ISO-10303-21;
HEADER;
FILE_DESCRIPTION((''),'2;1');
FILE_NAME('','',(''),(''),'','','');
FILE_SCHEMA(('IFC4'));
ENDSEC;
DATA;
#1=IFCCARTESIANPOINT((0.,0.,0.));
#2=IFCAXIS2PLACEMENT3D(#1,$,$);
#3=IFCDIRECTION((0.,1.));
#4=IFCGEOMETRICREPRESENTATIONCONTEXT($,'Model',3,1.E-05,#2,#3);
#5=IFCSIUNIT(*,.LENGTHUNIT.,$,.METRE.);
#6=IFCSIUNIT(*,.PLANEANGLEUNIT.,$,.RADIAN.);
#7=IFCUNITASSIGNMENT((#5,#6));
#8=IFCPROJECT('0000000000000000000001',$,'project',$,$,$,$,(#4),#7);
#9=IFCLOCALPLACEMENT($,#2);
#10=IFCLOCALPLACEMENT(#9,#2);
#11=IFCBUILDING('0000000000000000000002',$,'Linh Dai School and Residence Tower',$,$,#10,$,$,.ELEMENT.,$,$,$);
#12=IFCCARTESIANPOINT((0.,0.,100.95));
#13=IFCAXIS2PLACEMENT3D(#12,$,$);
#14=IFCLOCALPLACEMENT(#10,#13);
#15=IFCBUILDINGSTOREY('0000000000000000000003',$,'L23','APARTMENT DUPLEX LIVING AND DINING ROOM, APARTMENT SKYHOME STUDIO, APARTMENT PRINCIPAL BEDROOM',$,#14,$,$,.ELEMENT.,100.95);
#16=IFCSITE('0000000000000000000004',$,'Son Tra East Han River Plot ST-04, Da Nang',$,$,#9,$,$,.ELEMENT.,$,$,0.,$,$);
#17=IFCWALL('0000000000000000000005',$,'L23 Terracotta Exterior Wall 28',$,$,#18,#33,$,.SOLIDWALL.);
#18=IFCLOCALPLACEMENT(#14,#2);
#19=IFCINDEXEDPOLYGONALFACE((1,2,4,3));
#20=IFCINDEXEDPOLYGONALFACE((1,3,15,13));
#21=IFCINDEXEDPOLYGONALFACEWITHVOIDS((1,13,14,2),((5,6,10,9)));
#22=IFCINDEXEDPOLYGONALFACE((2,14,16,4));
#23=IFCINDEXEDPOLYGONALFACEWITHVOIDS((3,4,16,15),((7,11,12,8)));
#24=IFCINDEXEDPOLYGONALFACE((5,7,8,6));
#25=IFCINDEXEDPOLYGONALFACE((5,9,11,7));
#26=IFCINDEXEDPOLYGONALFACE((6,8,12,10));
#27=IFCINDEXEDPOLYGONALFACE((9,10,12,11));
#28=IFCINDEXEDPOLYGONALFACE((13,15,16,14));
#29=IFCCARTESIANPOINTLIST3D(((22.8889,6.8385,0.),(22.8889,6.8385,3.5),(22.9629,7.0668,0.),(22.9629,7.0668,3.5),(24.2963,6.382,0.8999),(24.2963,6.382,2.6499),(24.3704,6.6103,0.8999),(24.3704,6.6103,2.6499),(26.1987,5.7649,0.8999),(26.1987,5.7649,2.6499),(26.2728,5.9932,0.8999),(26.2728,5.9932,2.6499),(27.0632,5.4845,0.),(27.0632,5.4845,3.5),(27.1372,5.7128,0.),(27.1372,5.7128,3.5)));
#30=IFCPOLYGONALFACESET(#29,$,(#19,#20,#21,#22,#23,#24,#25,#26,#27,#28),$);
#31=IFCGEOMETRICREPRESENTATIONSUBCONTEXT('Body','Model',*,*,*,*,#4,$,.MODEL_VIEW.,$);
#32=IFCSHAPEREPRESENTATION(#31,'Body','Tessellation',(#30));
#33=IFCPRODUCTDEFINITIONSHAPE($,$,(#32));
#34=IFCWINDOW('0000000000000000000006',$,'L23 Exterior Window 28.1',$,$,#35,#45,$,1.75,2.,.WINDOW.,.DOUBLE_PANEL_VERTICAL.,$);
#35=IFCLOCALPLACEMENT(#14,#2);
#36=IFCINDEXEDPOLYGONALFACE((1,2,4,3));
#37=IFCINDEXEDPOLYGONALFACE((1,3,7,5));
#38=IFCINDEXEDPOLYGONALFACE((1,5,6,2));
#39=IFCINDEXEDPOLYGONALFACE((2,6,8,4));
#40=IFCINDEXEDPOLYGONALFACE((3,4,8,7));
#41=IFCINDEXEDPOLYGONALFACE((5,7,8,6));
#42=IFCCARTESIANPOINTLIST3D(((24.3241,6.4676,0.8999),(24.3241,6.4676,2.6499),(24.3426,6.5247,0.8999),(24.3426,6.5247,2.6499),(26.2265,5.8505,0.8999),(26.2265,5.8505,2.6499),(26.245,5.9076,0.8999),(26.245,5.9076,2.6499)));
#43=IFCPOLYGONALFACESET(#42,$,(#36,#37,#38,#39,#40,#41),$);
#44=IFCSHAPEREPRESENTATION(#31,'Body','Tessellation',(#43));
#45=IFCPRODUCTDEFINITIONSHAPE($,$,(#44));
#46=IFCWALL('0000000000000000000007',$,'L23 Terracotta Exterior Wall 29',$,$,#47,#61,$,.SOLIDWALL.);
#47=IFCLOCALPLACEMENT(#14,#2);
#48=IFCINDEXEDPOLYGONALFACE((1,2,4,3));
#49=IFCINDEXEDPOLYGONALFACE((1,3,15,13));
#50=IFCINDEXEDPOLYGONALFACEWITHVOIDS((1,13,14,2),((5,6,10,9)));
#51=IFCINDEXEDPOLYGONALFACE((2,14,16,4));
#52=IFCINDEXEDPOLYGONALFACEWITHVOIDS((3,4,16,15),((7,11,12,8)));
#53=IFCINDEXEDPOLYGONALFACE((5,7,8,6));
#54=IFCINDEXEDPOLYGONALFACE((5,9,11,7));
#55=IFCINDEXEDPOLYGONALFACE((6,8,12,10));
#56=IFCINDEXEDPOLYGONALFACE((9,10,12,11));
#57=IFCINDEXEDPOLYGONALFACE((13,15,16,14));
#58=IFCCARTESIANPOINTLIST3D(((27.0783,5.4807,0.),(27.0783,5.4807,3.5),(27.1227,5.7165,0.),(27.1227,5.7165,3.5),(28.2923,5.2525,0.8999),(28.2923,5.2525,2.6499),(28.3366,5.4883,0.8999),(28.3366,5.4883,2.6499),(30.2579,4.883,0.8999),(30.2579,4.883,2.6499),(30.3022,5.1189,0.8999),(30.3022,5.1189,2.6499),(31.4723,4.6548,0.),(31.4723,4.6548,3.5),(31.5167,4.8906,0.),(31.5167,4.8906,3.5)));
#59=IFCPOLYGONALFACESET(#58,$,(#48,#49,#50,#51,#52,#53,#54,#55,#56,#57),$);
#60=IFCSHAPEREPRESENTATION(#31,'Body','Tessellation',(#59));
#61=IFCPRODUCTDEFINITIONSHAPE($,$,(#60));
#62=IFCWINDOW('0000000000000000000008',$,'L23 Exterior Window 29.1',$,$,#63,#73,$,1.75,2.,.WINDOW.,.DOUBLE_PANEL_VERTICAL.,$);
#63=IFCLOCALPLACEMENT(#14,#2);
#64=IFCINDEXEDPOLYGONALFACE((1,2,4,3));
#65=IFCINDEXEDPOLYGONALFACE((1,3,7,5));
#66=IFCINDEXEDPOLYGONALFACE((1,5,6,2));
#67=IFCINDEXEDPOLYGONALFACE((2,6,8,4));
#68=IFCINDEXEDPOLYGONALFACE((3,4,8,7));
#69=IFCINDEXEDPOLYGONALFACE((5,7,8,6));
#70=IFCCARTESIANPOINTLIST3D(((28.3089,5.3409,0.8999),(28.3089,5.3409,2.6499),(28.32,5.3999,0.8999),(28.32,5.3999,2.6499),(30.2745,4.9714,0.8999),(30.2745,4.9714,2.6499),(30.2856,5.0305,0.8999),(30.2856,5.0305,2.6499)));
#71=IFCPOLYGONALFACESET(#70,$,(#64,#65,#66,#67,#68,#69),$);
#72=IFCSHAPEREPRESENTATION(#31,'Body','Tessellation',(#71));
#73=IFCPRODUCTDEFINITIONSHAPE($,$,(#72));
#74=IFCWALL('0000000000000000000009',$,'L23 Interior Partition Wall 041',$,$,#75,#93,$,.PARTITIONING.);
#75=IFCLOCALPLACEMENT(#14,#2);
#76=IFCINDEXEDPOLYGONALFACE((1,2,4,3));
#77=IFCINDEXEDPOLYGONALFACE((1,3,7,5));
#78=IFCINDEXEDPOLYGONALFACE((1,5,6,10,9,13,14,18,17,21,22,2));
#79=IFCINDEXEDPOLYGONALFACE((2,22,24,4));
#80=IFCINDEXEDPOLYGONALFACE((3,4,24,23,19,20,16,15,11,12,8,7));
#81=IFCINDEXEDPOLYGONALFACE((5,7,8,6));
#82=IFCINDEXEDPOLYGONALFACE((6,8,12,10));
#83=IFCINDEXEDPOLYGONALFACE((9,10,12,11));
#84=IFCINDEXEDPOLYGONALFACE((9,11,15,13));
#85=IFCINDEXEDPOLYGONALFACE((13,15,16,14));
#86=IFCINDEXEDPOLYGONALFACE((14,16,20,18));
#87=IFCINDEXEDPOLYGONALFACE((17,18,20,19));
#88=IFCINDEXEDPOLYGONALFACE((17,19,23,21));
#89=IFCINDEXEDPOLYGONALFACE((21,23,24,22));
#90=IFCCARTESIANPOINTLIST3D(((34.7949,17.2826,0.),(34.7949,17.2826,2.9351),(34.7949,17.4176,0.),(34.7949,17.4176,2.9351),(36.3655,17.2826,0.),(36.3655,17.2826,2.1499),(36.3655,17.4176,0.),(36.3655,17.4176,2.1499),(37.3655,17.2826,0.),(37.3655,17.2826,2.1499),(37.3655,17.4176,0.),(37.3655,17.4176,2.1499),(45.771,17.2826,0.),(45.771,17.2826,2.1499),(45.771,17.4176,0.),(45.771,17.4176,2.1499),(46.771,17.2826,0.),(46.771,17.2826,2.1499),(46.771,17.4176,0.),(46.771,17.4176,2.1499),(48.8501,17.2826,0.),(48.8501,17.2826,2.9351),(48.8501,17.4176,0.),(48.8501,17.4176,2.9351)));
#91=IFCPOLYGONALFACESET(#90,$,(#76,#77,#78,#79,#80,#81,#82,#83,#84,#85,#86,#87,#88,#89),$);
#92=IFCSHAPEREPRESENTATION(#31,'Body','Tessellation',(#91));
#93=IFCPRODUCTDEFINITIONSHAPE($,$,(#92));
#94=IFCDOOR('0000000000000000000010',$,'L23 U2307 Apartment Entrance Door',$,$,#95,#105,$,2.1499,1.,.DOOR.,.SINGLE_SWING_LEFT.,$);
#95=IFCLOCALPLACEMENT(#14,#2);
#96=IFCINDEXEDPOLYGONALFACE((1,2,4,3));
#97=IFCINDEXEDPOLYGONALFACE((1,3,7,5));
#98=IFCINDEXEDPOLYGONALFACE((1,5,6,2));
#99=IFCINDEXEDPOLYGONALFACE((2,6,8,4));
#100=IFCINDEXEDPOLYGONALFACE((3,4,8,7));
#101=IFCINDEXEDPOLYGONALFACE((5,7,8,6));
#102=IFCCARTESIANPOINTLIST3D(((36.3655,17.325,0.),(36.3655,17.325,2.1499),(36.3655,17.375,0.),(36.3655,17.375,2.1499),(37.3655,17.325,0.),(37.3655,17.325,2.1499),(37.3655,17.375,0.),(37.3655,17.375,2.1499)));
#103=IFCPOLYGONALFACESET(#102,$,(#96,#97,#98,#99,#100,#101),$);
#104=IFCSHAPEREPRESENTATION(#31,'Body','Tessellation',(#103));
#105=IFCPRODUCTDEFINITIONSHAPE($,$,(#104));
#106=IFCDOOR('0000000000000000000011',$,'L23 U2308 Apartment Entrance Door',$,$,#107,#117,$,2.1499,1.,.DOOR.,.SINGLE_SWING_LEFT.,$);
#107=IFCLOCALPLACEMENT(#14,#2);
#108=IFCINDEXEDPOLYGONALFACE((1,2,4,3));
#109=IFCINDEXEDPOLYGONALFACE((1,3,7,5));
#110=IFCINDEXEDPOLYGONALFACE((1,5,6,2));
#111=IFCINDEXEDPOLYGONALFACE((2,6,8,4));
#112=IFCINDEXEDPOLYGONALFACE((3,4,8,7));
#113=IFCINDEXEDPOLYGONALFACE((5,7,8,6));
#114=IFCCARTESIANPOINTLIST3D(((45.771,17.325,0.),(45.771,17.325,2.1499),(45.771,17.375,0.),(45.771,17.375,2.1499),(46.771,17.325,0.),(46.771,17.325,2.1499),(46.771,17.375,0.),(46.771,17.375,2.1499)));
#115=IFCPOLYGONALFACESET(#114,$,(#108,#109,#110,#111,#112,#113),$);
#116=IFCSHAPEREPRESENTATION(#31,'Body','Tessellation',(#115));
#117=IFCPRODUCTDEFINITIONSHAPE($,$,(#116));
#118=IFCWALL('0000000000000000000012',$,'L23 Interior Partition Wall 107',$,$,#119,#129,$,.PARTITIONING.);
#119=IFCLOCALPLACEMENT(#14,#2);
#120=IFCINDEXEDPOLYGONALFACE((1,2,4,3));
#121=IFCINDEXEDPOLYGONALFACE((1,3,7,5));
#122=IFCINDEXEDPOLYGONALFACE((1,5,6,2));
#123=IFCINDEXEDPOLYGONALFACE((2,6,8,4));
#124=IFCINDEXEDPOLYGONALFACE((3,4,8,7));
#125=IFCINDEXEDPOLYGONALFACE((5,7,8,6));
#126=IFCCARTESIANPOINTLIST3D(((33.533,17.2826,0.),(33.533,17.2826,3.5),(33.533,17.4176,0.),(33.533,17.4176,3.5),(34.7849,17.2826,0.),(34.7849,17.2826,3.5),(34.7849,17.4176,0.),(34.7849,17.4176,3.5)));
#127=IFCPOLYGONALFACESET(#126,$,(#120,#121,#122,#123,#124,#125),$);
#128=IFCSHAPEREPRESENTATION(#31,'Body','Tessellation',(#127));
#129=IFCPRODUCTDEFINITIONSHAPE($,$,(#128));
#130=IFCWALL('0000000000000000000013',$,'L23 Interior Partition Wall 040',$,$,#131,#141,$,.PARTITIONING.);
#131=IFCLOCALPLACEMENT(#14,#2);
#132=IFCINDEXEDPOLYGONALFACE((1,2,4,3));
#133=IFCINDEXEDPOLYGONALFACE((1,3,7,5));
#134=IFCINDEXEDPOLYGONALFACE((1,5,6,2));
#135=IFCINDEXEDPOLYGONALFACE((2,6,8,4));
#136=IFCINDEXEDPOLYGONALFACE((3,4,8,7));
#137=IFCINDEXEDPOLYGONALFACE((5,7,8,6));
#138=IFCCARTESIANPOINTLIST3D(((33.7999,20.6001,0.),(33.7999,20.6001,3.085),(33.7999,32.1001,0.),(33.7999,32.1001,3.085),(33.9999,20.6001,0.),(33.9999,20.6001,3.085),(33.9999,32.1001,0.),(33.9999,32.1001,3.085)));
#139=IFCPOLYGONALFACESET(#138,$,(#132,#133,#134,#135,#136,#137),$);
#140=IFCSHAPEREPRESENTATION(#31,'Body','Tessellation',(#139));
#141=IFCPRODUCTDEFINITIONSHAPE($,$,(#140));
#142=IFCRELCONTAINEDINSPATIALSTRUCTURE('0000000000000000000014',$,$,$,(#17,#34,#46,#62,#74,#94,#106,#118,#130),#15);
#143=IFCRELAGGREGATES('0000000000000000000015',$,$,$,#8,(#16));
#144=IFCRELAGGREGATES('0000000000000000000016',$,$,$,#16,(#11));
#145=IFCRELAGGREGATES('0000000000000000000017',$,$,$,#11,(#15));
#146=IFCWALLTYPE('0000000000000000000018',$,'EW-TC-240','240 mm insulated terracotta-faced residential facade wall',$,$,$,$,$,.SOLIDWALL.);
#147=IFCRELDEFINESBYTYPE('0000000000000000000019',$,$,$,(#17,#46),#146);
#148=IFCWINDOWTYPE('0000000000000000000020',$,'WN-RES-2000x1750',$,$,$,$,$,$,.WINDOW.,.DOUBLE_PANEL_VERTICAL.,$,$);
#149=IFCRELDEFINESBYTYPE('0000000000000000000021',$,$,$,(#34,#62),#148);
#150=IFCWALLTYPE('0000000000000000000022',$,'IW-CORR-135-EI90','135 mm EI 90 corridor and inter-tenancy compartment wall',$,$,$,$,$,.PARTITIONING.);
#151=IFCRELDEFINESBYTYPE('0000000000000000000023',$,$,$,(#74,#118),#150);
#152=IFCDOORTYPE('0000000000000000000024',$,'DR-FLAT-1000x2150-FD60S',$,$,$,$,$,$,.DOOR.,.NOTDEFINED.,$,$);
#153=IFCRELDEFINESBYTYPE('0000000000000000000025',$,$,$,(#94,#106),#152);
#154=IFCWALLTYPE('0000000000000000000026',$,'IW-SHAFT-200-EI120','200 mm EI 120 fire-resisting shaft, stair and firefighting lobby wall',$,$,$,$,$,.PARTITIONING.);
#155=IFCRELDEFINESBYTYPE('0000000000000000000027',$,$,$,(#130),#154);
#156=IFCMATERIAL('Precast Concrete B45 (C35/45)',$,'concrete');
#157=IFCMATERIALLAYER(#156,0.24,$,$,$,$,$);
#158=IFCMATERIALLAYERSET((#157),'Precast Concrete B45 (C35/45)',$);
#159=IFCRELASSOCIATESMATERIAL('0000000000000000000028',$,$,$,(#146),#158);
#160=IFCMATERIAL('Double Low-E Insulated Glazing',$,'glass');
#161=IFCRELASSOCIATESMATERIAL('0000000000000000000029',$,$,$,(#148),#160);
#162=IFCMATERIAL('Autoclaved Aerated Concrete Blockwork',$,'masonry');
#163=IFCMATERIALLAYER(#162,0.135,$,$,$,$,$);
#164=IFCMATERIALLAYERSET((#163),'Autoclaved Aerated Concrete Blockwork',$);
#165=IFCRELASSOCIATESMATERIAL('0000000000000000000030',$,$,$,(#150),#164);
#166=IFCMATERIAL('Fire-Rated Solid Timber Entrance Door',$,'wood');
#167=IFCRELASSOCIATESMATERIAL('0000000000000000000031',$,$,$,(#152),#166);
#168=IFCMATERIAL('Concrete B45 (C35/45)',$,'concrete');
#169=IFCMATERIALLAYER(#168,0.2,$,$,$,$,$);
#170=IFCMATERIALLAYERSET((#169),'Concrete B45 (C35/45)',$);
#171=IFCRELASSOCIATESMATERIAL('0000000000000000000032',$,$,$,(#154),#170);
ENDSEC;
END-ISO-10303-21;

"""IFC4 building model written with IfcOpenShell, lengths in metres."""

from ifc_helpers import new_model, si_unit, direction, frame, frame_2d, origin, origin_2d, place, context, subcontext, project, spatial, rectangle, extrude, source, transform, mapped, material, layer, layer_set, type_object, element, fill, save


model = new_model("IFC4")

# Units and contexts
model_context = context("Model", 3, precision=1e-05, world=origin(), true_north=direction((0.0, 1.0)))
body_context = subcontext(model_context, "Body", "Model", "MODEL_VIEW")
ifc_project = project(units=[si_unit("LENGTHUNIT", "METRE"), si_unit("PLANEANGLEUNIT", "RADIAN")], contexts=[model_context])

# Site, building, storey
site_placement = place(None, origin())
site = spatial("IfcSite", under=ifc_project, at=site_placement, Name="Son Tra East Han River Plot ST-04, Da Nang", CompositionType="ELEMENT", RefElevation=0.0)
building_placement = place(site_placement, origin())
building = spatial("IfcBuilding", under=site, at=building_placement, Name="Linh Dai School and Residence Tower", CompositionType="ELEMENT")
storey_placement = place(building_placement, frame((0.0, 0.0, 100.95)))
storey = spatial("IfcBuildingStorey", under=building, at=storey_placement, Name="L23", Description="APARTMENT DUPLEX LIVING AND DINING ROOM, APARTMENT SKYHOME STUDIO, APARTMENT PRINCIPAL BEDROOM", CompositionType="ELEMENT", Elevation=100.95)

# Shared definitions
ifc_material_1 = material(Name="Precast Concrete B45 (C35/45)", Category="concrete")

# Walls, openings, windows
ifc_layer_1 = layer(ifc_material_1, 0.24)
ifc_layer_set_1 = layer_set([ifc_layer_1], Name="Precast Concrete B45 (C35/45)")
wall_type_1 = type_object("IfcWallType", Name="EW-TC-240", Description="240 mm insulated terracotta-faced residential facade wall", PredefinedType="SOLIDWALL", material=ifc_layer_set_1)
wall_1_placement = place(storey_placement, frame((27.1003, 5.5986, 0.0), z_axis=(0.0, 0.0, 1.0), x_axis=(-0.951211, 0.30854, 0.0)))
wall_1 = element("IfcWall", 1, at=wall_1_placement, inside=storey, type_object=wall_type_1, Name="L23 Terracotta Exterior Wall 28", PredefinedType="SOLIDWALL", context=body_context, shape_type="SweptSolid", body=[
    extrude(rectangle(XDim=4.3884, YDim=0.24, at=frame_2d((2.1943, 0.0))), origin(), (0.0, 0.0, 1.0), 3.5),
])
opening_1_placement = place(wall_1_placement, frame((0.9089, 0.0, 0.8999)))
opening_1 = element("IfcOpeningElement", 2, at=opening_1_placement, cuts=wall_1, PredefinedType="OPENING", context=body_context, shape_type="SweptSolid", body=[
    extrude(rectangle(XDim=2.0, YDim=1.75, at=origin_2d()), frame((1.0, 0.1299, 0.875), z_axis=(0.0, -1.0, 0.0), x_axis=(1.0, 0.0, 0.0)), (0.0, 0.0, 1.0), 0.26),
])
ifc_material_2 = material(Name="Double Low-E Insulated Glazing", Category="glass")
window_type = type_object("IfcWindowType", Name="WN-RES-2000x1750", PartitioningType="DOUBLE_PANEL_VERTICAL", PredefinedType="WINDOW", material=ifc_material_2)
shared_shape_1 = source(origin(), body_context, "Body", "SweptSolid", [
    extrude(rectangle(XDim=2.0, YDim=1.75, at=origin_2d()), frame((1.0, 0.03, 0.875), z_axis=(0.0, -1.0, 0.0), x_axis=(1.0, 0.0, 0.0)), (0.0, 0.0, 1.0), 0.0601),
])
window_1_placement = place(opening_1_placement, origin())
window_1 = element("IfcWindow", 3, at=window_1_placement, inside=storey, type_object=window_type, Name="L23 Exterior Window 28.1", OverallHeight=1.75, OverallWidth=2.0, PartitioningType="DOUBLE_PANEL_VERTICAL", PredefinedType="WINDOW", context=body_context, shape_type="MappedRepresentation", body=[
    mapped(shared_shape_1, transform((0.0, 0.0, 0.0), x_axis=(1.0, 0.0, 0.0), y_axis=(0.0, 1.0, 0.0), z_axis=(0.0, 0.0, 1.0), scale=1.0)),
])
fill(opening_1, window_1)
wall_2_placement = place(storey_placement, frame((31.4944, 4.7727, 0.0), z_axis=(0.0, 0.0, 1.0), x_axis=(-0.982789, 0.18473, 0.0)))
wall_2 = element("IfcWall", 4, at=wall_2_placement, inside=storey, type_object=wall_type_1, Name="L23 Terracotta Exterior Wall 29", PredefinedType="SOLIDWALL", context=body_context, shape_type="SweptSolid", body=[
    extrude(rectangle(XDim=4.4709, YDim=0.24, at=frame_2d((2.2354, 0.0))), origin(), (0.0, 0.0, 1.0), 3.5),
])
opening_2_placement = place(wall_2_placement, frame((1.2356, 0.0, 0.8999)))
opening_2 = element("IfcOpeningElement", 5, at=opening_2_placement, cuts=wall_2, PredefinedType="OPENING", context=body_context, shape_type="SweptSolid", body=[
    extrude(rectangle(XDim=2.0, YDim=1.75, at=origin_2d()), frame((1.0, 0.1299, 0.875), z_axis=(0.0, -1.0, 0.0), x_axis=(1.0, 0.0, 0.0)), (0.0, 0.0, 1.0), 0.26),
])
window_2_placement = place(opening_2_placement, origin())
window_2 = element("IfcWindow", 6, at=window_2_placement, inside=storey, type_object=window_type, Name="L23 Exterior Window 29.1", OverallHeight=1.75, OverallWidth=2.0, PartitioningType="DOUBLE_PANEL_VERTICAL", PredefinedType="WINDOW", context=body_context, shape_type="MappedRepresentation", body=[
    mapped(shared_shape_1, transform((0.0, 0.0, 0.0), x_axis=(1.0, 0.0, 0.0), y_axis=(0.0, 1.0, 0.0), z_axis=(0.0, 0.0, 1.0), scale=1.0)),
])
fill(opening_2, window_2)

# Wall, openings, doors
ifc_material_3 = material(Name="Autoclaved Aerated Concrete Blockwork", Category="masonry")
ifc_layer_2 = layer(ifc_material_3, 0.135)
ifc_layer_set_2 = layer_set([ifc_layer_2], Name="Autoclaved Aerated Concrete Blockwork")
wall_type_2 = type_object("IfcWallType", Name="IW-CORR-135-EI90", Description="135 mm EI 90 corridor and inter-tenancy compartment wall", PredefinedType="PARTITIONING", material=ifc_layer_set_2)
wall_3_placement = place(storey_placement, frame((34.7949, 17.3501, 0.0), z_axis=(0.0, 0.0, 1.0), x_axis=(1.0, 0.0, 0.0)))
wall_3 = element("IfcWall", 7, at=wall_3_placement, inside=storey, type_object=wall_type_2, Name="L23 Interior Partition Wall 041", PredefinedType="PARTITIONING", context=body_context, shape_type="SweptSolid", body=[
    extrude(rectangle(XDim=14.0552, YDim=0.135, at=frame_2d((7.0276, 0.0))), origin(), (0.0, 0.0, 1.0), 2.9351),
])
opening_3_placement = place(wall_3_placement, frame((1.5706, 0.0, 0.0)))
opening_3 = element("IfcOpeningElement", 8, at=opening_3_placement, cuts=wall_3, PredefinedType="OPENING", context=body_context, shape_type="SweptSolid", body=[
    extrude(rectangle(XDim=1.0, YDim=2.1499, at=origin_2d()), frame((0.5, 0.0776, 1.075), z_axis=(0.0, -1.0, 0.0), x_axis=(1.0, 0.0, 0.0)), (0.0, 0.0, 1.0), 0.155),
])
opening_4_placement = place(wall_3_placement, frame((10.9761, 0.0, 0.0)))
opening_4 = element("IfcOpeningElement", 9, at=opening_4_placement, cuts=wall_3, PredefinedType="OPENING", context=body_context, shape_type="SweptSolid", body=[
    extrude(rectangle(XDim=1.0, YDim=2.1499, at=origin_2d()), frame((0.5, 0.0776, 1.075), z_axis=(0.0, -1.0, 0.0), x_axis=(1.0, 0.0, 0.0)), (0.0, 0.0, 1.0), 0.155),
])
ifc_material_4 = material(Name="Fire-Rated Solid Timber Entrance Door", Category="wood")
door_type_1 = type_object("IfcDoorType", Name="DR-FLAT-1000x2150-FD60S", OperationType="NOTDEFINED", PredefinedType="DOOR", material=ifc_material_4)
shared_shape_2 = source(origin(), body_context, "Body", "SweptSolid", [
    extrude(rectangle(XDim=1.0, YDim=2.1499, at=origin_2d()), frame((0.5, 0.0249, 1.075), z_axis=(0.0, -1.0, 0.0), x_axis=(1.0, 0.0, 0.0)), (0.0, 0.0, 1.0), 0.05),
])
door_1_placement = place(opening_3_placement, origin())
door_1 = element("IfcDoor", 10, at=door_1_placement, inside=storey, type_object=door_type_1, Name="L23 U2307 Apartment Entrance Door", OperationType="SINGLE_SWING_LEFT", OverallHeight=2.1499, OverallWidth=1.0, PredefinedType="DOOR", context=body_context, shape_type="MappedRepresentation", body=[
    mapped(shared_shape_2, transform((0.0, 0.0, 0.0), x_axis=(1.0, 0.0, 0.0), y_axis=(0.0, 1.0, 0.0), z_axis=(0.0, 0.0, 1.0), scale=1.0)),
])
fill(opening_3, door_1)
door_2_placement = place(opening_4_placement, origin())
door_2 = element("IfcDoor", 11, at=door_2_placement, inside=storey, type_object=door_type_1, Name="L23 U2308 Apartment Entrance Door", OperationType="SINGLE_SWING_LEFT", OverallHeight=2.1499, OverallWidth=1.0, PredefinedType="DOOR", context=body_context, shape_type="MappedRepresentation", body=[
    mapped(shared_shape_2, transform((0.0, 0.0, 0.0), x_axis=(1.0, 0.0, 0.0), y_axis=(0.0, 1.0, 0.0), z_axis=(0.0, 0.0, 1.0), scale=1.0)),
])
fill(opening_4, door_2)

# Walls
wall_4_placement = place(storey_placement, frame((34.7849, 17.3501, 0.0), z_axis=(0.0, 0.0, 1.0), x_axis=(-1.0, 0.0, 0.0)))
element("IfcWall", 12, at=wall_4_placement, inside=storey, type_object=wall_type_2, Name="L23 Interior Partition Wall 107", PredefinedType="PARTITIONING", context=body_context, shape_type="SweptSolid", body=[
    extrude(rectangle(XDim=1.252, YDim=0.135, at=frame_2d((0.626, 0.0))), origin(), (0.0, 0.0, 1.0), 3.5),
])
ifc_material_5 = material(Name="Concrete B45 (C35/45)", Category="concrete")
ifc_layer_3 = layer(ifc_material_5, 0.2)
ifc_layer_set_3 = layer_set([ifc_layer_3], Name="Concrete B45 (C35/45)")
wall_type_3 = type_object("IfcWallType", Name="IW-SHAFT-200-EI120", Description="200 mm EI 120 fire-resisting shaft, stair and firefighting lobby wall", PredefinedType="PARTITIONING", material=ifc_layer_set_3)
wall_5_placement = place(storey_placement, frame((33.8999, 20.6001, 0.0), z_axis=(0.0, 0.0, 1.0), x_axis=(0.0, 1.0, 0.0)))
element("IfcWall", 13, at=wall_5_placement, inside=storey, type_object=wall_type_3, Name="L23 Interior Partition Wall 040", PredefinedType="PARTITIONING", context=body_context, shape_type="SweptSolid", body=[
    extrude(rectangle(XDim=11.5, YDim=0.2, at=frame_2d((5.75, 0.0))), origin(), (0.0, 0.0, 1.0), 3.085),
])

save(model, "model.ifc")
